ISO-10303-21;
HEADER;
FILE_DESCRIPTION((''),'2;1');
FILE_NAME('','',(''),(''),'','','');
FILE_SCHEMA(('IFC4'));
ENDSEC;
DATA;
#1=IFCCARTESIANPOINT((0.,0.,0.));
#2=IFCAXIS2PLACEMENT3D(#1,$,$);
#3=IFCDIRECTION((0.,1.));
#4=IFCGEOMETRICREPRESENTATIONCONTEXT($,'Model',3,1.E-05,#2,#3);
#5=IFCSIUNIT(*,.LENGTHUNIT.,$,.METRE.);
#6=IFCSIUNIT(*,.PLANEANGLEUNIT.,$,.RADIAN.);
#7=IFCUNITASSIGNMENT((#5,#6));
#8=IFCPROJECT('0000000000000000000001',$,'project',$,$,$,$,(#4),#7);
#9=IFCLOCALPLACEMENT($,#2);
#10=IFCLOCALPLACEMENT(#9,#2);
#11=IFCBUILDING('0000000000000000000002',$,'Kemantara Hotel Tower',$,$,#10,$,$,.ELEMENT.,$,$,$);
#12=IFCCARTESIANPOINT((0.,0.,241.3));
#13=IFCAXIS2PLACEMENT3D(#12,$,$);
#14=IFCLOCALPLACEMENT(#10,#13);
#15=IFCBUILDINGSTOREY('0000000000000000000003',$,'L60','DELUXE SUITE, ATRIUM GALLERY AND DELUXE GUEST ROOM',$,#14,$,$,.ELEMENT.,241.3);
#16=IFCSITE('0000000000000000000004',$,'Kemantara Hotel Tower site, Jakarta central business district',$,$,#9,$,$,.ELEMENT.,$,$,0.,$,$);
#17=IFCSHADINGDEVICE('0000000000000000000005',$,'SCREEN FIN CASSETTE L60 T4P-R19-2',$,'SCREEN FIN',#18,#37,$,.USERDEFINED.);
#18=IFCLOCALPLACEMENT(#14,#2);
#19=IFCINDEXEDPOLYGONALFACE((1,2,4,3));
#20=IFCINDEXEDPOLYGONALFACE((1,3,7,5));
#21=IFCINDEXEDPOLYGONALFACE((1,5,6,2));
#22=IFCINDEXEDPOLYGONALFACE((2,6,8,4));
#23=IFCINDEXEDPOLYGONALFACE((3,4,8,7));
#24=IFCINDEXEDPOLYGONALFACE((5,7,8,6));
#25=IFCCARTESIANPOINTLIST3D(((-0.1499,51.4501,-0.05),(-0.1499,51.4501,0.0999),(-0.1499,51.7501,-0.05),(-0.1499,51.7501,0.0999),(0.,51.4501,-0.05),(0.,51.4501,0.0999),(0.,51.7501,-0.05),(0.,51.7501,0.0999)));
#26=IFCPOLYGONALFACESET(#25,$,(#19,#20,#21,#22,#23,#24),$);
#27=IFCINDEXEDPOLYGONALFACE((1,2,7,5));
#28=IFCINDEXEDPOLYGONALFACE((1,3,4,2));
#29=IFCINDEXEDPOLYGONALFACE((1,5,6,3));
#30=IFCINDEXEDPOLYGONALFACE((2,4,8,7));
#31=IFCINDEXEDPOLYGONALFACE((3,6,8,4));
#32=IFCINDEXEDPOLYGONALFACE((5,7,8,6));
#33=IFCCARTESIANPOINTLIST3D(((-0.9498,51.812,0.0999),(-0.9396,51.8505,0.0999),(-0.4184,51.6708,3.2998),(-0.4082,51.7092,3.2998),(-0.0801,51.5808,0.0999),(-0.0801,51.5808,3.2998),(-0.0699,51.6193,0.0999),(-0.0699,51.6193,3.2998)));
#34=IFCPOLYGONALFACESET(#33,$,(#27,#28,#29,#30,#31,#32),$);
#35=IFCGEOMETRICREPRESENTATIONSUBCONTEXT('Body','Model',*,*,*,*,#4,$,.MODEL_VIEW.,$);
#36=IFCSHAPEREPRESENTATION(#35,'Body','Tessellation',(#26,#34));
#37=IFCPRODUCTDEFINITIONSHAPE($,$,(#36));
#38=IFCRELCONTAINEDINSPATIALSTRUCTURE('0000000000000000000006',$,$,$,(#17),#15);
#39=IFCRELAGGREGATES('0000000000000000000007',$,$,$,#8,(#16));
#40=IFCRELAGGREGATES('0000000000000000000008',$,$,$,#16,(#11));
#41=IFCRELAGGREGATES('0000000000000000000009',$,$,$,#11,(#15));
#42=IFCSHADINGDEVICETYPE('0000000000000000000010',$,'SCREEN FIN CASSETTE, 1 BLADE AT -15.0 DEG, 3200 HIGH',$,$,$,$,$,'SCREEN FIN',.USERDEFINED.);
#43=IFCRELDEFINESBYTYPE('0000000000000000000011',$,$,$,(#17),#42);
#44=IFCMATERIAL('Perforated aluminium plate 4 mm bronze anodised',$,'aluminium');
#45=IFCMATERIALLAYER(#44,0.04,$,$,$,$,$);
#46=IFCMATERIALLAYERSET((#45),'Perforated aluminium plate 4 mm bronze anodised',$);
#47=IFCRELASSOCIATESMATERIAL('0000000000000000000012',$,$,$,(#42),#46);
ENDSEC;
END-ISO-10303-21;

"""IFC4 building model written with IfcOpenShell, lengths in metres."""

from ifc_helpers import new_model, si_unit, direction, frame, origin, origin_2d, place, context, subcontext, project, spatial, polyline, rectangle, outline, extrude, source, transform, mapped, material, layer, layer_set, type_object, element, save


model = new_model("IFC4")

# Units and contexts
model_context = context("Model", 3, precision=1e-05, world=origin(), true_north=direction((0.0, 1.0)))
body_context = subcontext(model_context, "Body", "Model", "MODEL_VIEW")
ifc_project = project(units=[si_unit("LENGTHUNIT", "METRE"), si_unit("PLANEANGLEUNIT", "RADIAN")], contexts=[model_context])

# Site, building, storey
site_placement = place(None, origin())
site = spatial("IfcSite", under=ifc_project, at=site_placement, Name="Kemantara Hotel Tower site, Jakarta central business district", CompositionType="ELEMENT", RefElevation=0.0)
building_placement = place(site_placement, origin())
building = spatial("IfcBuilding", under=site, at=building_placement, Name="Kemantara Hotel Tower", CompositionType="ELEMENT")
storey_placement = place(building_placement, frame((0.0, 0.0, 241.3)))
storey = spatial("IfcBuildingStorey", under=building, at=storey_placement, Name="L60", Description="DELUXE SUITE, ATRIUM GALLERY AND DELUXE GUEST ROOM", CompositionType="ELEMENT", Elevation=241.3)

# Shading device
ifc_material_1 = material(Name="Perforated aluminium plate 4 mm bronze anodised", Category="aluminium")
ifc_layer_1 = layer(ifc_material_1, 0.04)
ifc_layer_set_1 = layer_set([ifc_layer_1], Name="Perforated aluminium plate 4 mm bronze anodised")
shading_device_type = type_object("IfcShadingDeviceType", Name="SCREEN FIN CASSETTE, 1 BLADE AT -15.0 DEG, 3200 HIGH", ElementType="SCREEN FIN", PredefinedType="USERDEFINED", material=ifc_layer_set_1)
shared_shape_1 = source(origin(), body_context, "Body", "SweptSolid", [
    extrude(rectangle(XDim=0.3, YDim=0.1499, at=origin_2d()), frame((0.0, -0.075, -0.1499), z_axis=(0.0, 0.0, 1.0), x_axis=(1.0, 0.0, 0.0)), (0.0, 0.0, 1.0), 0.1499),
    extrude(outline(polyline([(0.0, 0.0), (0.8999, 0.0), (0.3501, 3.2), (0.0, 3.2), (0.0, 0.0)])), frame((0.0193, -0.0801, 0.0), z_axis=(-0.966438, 0.256901, 0.0), x_axis=(-0.256901, -0.966438, 0.0)), (0.0, 0.0, 1.0), 0.0398),
])
shading_device_placement = place(storey_placement, frame((0.0, 51.6001, 0.0999), z_axis=(0.0, 0.0, 1.0), x_axis=(0.0, -1.0, 0.0)))
element("IfcShadingDevice", 1, at=shading_device_placement, inside=storey, type_object=shading_device_type, Name="SCREEN FIN CASSETTE L60 T4P-R19-2", ObjectType="SCREEN FIN", PredefinedType="USERDEFINED", context=body_context, shape_type="MappedRepresentation", body=[
    mapped(shared_shape_1, transform((0.0, 0.0, 0.0))),
])

save(model, "model.ifc")
